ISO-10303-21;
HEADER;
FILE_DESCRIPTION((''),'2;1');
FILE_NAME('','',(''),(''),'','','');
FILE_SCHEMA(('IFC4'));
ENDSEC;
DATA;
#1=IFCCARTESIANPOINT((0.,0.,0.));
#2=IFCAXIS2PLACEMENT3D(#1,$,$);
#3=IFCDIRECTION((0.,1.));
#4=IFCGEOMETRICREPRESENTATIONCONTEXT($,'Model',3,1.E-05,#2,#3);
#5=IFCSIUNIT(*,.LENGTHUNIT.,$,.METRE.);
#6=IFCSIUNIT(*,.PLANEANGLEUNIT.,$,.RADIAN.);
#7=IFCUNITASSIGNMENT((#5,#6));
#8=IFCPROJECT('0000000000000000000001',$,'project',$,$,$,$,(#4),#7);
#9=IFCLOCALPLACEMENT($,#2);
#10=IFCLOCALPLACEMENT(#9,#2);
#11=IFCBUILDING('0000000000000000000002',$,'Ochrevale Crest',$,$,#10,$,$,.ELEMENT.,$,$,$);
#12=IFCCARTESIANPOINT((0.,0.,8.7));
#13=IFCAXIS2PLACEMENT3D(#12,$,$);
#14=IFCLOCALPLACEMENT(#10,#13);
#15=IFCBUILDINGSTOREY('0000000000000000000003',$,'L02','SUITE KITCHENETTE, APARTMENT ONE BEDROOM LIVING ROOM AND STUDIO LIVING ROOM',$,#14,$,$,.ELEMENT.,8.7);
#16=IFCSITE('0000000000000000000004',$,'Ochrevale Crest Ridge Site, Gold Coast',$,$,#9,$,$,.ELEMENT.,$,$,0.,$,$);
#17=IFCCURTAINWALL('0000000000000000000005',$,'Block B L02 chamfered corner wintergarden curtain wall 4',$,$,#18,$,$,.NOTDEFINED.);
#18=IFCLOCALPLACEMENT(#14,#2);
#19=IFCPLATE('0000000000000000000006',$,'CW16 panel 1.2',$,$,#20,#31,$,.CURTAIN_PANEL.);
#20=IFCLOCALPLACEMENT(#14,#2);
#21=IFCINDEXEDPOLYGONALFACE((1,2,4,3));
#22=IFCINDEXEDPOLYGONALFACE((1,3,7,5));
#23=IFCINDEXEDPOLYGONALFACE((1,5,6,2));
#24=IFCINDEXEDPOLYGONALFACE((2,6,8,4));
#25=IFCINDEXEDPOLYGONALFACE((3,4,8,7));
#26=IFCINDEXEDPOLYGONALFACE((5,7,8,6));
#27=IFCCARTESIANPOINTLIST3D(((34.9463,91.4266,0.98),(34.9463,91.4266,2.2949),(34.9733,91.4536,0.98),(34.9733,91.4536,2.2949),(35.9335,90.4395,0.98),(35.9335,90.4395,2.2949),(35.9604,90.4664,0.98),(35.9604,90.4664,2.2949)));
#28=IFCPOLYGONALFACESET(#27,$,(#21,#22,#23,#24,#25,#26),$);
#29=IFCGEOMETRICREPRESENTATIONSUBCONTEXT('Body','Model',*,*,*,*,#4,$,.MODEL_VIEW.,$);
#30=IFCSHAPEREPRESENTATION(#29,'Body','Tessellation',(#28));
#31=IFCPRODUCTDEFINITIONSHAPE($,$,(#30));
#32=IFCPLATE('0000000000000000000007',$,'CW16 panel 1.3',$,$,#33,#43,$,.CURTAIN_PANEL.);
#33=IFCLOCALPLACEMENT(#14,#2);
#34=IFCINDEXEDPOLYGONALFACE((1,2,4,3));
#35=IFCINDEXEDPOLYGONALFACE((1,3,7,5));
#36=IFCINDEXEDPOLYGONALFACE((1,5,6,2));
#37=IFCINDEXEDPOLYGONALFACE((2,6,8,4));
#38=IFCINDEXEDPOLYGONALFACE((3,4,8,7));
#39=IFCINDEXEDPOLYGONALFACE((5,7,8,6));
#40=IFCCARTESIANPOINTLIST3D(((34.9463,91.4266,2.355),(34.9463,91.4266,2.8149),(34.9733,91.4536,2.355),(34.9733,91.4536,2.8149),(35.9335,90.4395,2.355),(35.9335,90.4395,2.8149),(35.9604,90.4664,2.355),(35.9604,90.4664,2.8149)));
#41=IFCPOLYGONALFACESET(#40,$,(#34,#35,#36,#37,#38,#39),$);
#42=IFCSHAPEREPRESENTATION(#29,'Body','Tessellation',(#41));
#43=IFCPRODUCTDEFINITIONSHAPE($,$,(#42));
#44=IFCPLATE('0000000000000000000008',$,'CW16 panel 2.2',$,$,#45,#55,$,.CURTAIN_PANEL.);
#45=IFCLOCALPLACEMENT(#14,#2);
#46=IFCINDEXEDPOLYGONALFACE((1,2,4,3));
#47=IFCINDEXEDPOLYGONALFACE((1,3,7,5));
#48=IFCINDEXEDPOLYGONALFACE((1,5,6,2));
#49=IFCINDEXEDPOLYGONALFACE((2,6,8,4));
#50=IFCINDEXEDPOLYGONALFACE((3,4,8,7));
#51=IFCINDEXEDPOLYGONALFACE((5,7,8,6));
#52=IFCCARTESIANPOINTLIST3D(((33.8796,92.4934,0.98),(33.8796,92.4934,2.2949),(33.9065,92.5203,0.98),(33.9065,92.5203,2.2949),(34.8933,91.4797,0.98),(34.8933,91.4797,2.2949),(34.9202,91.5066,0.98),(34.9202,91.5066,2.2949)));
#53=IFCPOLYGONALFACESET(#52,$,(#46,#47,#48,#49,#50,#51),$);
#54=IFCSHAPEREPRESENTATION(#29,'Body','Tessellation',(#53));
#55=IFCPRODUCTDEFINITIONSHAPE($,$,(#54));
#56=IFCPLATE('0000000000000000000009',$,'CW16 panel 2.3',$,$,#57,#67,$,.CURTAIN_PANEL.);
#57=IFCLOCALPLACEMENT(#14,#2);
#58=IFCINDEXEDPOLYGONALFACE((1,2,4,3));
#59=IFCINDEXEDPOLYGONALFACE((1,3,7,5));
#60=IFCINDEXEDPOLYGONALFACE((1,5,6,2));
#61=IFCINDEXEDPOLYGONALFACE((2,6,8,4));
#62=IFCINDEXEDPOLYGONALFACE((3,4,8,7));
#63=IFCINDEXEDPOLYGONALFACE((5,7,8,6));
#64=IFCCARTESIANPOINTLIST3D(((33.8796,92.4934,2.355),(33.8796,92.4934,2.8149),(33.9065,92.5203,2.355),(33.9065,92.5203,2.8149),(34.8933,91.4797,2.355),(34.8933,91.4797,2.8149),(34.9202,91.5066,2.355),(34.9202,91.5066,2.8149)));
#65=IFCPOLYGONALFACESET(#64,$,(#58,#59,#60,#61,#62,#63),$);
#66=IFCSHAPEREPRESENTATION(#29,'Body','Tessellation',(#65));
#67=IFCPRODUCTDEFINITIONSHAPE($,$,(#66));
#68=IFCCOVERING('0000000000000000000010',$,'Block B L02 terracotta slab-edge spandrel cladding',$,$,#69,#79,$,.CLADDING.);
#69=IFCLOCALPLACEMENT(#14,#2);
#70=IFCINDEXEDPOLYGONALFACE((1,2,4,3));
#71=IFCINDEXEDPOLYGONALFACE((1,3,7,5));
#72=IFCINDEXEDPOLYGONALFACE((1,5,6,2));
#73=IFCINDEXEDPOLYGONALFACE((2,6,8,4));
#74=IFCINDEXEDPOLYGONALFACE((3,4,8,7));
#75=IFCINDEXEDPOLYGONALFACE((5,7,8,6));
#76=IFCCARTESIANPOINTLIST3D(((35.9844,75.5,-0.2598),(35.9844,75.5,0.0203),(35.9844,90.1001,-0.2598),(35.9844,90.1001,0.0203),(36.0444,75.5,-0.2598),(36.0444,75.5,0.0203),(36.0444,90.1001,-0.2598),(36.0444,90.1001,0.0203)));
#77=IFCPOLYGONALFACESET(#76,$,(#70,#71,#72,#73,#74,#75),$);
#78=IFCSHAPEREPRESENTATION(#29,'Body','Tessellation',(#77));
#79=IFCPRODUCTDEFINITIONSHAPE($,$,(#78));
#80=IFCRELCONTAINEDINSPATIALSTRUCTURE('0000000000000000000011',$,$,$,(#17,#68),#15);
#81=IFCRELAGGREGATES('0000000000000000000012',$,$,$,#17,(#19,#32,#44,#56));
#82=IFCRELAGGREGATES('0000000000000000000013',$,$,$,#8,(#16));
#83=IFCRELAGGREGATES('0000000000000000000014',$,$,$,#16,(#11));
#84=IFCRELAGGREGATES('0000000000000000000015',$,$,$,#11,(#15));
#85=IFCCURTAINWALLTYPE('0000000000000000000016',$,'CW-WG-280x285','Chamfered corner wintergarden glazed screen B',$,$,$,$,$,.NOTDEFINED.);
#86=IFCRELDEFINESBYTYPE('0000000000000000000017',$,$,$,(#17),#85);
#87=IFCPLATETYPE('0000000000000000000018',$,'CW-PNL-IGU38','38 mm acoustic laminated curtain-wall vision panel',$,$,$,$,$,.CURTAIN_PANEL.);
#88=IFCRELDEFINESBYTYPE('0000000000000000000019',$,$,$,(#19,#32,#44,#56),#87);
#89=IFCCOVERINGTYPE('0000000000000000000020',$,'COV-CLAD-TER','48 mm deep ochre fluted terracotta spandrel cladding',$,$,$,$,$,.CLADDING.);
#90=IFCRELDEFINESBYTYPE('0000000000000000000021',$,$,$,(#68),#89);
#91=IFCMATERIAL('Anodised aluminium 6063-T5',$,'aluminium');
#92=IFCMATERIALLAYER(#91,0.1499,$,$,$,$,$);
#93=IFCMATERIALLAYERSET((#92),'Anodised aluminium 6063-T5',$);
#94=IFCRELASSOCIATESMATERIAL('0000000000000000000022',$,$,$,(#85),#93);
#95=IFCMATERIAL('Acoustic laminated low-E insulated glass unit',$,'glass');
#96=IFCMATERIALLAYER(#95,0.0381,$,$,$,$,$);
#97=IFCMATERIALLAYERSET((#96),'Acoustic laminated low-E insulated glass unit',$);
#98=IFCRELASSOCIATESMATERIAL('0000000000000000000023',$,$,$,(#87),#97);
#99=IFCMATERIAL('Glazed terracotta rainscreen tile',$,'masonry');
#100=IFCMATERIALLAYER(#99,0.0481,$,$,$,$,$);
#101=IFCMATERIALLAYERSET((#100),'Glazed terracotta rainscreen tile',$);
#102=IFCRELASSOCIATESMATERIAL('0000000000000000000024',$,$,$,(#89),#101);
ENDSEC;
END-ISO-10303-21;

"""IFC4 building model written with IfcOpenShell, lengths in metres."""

from ifc_helpers import new_model, si_unit, direction, frame, origin, origin_2d, place, context, subcontext, project, spatial, rectangle, extrude, material, layer, layer_set, type_object, element, aggregate, save


model = new_model("IFC4")

# Units and contexts
model_context = context("Model", 3, precision=1e-05, world=origin(), true_north=direction((0.0, 1.0)))
body_context = subcontext(model_context, "Body", "Model", "MODEL_VIEW")
ifc_project = project(units=[si_unit("LENGTHUNIT", "METRE"), si_unit("PLANEANGLEUNIT", "RADIAN")], contexts=[model_context])

# Site, building, storey
site_placement = place(None, origin())
site = spatial("IfcSite", under=ifc_project, at=site_placement, Name="Ochrevale Crest Ridge Site, Gold Coast", CompositionType="ELEMENT", RefElevation=0.0)
building_placement = place(site_placement, origin())
building = spatial("IfcBuilding", under=site, at=building_placement, Name="Ochrevale Crest", CompositionType="ELEMENT")
storey_placement = place(building_placement, frame((0.0, 0.0, 8.7)))
storey = spatial("IfcBuildingStorey", under=building, at=storey_placement, Name="L02", Description="SUITE KITCHENETTE, APARTMENT ONE BEDROOM LIVING ROOM AND STUDIO LIVING ROOM", CompositionType="ELEMENT", Elevation=8.7)

# Curtain wall, plates
ifc_material_1 = material(Name="Anodised aluminium 6063-T5", Category="aluminium")
ifc_layer_1 = layer(ifc_material_1, 0.1499)
ifc_layer_set_1 = layer_set([ifc_layer_1], Name="Anodised aluminium 6063-T5")
curtain_wall_type = type_object("IfcCurtainWallType", Name="CW-WG-280x285", Description="Chamfered corner wintergarden glazed screen B", PredefinedType="NOTDEFINED", material=ifc_layer_set_1)
curtain_wall_placement = place(storey_placement, origin())
curtain_wall = element("IfcCurtainWall", 1, at=curtain_wall_placement, inside=storey, type_object=curtain_wall_type, Name="Block B L02 chamfered corner wintergarden curtain wall 4", PredefinedType="NOTDEFINED")
ifc_material_2 = material(Name="Acoustic laminated low-E insulated glass unit", Category="glass")
ifc_layer_2 = layer(ifc_material_2, 0.0381)
ifc_layer_set_2 = layer_set([ifc_layer_2], Name="Acoustic laminated low-E insulated glass unit")
plate_type = type_object("IfcPlateType", Name="CW-PNL-IGU38", Description="38 mm acoustic laminated curtain-wall vision panel", PredefinedType="CURTAIN_PANEL", material=ifc_layer_set_2)
plate_1_placement = place(storey_placement, frame((35.4534, 90.9465, 0.98), z_axis=(0.0, 0.0, 1.0), x_axis=(-0.707107, 0.707107, 0.0)))
plate_1 = element("IfcPlate", 2, at=plate_1_placement, type_object=plate_type, Name="CW16 panel 1.2", PredefinedType="CURTAIN_PANEL", context=body_context, shape_type="SweptSolid", body=[
    extrude(rectangle(XDim=1.396, YDim=0.0381, at=origin_2d()), origin(), (0.0, 0.0, 1.0), 1.3149),
])
plate_2_placement = place(storey_placement, frame((35.4534, 90.9465, 2.355), z_axis=(0.0, 0.0, 1.0), x_axis=(-0.707107, 0.707107, 0.0)))
plate_2 = element("IfcPlate", 3, at=plate_2_placement, type_object=plate_type, Name="CW16 panel 1.3", PredefinedType="CURTAIN_PANEL", context=body_context, shape_type="SweptSolid", body=[
    extrude(rectangle(XDim=1.396, YDim=0.0381, at=origin_2d()), origin(), (0.0, 0.0, 1.0), 0.46),
])
plate_3_placement = place(storey_placement, frame((34.3999, 92.0, 0.98), z_axis=(0.0, 0.0, 1.0), x_axis=(-0.707107, 0.707107, 0.0)))
plate_3 = element("IfcPlate", 4, at=plate_3_placement, type_object=plate_type, Name="CW16 panel 2.2", PredefinedType="CURTAIN_PANEL", context=body_context, shape_type="SweptSolid", body=[
    extrude(rectangle(XDim=1.4336, YDim=0.0381, at=origin_2d()), origin(), (0.0, 0.0, 1.0), 1.3149),
])
plate_4_placement = place(storey_placement, frame((34.3999, 92.0, 2.355), z_axis=(0.0, 0.0, 1.0), x_axis=(-0.707107, 0.707107, 0.0)))
plate_4 = element("IfcPlate", 5, at=plate_4_placement, type_object=plate_type, Name="CW16 panel 2.3", PredefinedType="CURTAIN_PANEL", context=body_context, shape_type="SweptSolid", body=[
    extrude(rectangle(XDim=1.4336, YDim=0.0381, at=origin_2d()), origin(), (0.0, 0.0, 1.0), 0.46),
])
aggregate(curtain_wall, [plate_1, plate_2, plate_3, plate_4])

# Covering
ifc_material_3 = material(Name="Glazed terracotta rainscreen tile", Category="masonry")
ifc_layer_3 = layer(ifc_material_3, 0.0481)
ifc_layer_set_3 = layer_set([ifc_layer_3], Name="Glazed terracotta rainscreen tile")
covering_type = type_object("IfcCoveringType", Name="COV-CLAD-TER", Description="48 mm deep ochre fluted terracotta spandrel cladding", PredefinedType="CLADDING", material=ifc_layer_set_3)
covering_placement = place(storey_placement, frame((36.0144, 82.8, -0.2598), z_axis=(0.0, 0.0, 1.0), x_axis=(0.0, 1.0, 0.0)))
element("IfcCovering", 6, at=covering_placement, inside=storey, type_object=covering_type, Name="Block B L02 terracotta slab-edge spandrel cladding", PredefinedType="CLADDING", context=body_context, shape_type="SweptSolid", body=[
    extrude(rectangle(XDim=14.6001, YDim=0.0601, at=origin_2d()), origin(), (0.0, 0.0, 1.0), 0.28),
])

save(model, "model.ifc")
